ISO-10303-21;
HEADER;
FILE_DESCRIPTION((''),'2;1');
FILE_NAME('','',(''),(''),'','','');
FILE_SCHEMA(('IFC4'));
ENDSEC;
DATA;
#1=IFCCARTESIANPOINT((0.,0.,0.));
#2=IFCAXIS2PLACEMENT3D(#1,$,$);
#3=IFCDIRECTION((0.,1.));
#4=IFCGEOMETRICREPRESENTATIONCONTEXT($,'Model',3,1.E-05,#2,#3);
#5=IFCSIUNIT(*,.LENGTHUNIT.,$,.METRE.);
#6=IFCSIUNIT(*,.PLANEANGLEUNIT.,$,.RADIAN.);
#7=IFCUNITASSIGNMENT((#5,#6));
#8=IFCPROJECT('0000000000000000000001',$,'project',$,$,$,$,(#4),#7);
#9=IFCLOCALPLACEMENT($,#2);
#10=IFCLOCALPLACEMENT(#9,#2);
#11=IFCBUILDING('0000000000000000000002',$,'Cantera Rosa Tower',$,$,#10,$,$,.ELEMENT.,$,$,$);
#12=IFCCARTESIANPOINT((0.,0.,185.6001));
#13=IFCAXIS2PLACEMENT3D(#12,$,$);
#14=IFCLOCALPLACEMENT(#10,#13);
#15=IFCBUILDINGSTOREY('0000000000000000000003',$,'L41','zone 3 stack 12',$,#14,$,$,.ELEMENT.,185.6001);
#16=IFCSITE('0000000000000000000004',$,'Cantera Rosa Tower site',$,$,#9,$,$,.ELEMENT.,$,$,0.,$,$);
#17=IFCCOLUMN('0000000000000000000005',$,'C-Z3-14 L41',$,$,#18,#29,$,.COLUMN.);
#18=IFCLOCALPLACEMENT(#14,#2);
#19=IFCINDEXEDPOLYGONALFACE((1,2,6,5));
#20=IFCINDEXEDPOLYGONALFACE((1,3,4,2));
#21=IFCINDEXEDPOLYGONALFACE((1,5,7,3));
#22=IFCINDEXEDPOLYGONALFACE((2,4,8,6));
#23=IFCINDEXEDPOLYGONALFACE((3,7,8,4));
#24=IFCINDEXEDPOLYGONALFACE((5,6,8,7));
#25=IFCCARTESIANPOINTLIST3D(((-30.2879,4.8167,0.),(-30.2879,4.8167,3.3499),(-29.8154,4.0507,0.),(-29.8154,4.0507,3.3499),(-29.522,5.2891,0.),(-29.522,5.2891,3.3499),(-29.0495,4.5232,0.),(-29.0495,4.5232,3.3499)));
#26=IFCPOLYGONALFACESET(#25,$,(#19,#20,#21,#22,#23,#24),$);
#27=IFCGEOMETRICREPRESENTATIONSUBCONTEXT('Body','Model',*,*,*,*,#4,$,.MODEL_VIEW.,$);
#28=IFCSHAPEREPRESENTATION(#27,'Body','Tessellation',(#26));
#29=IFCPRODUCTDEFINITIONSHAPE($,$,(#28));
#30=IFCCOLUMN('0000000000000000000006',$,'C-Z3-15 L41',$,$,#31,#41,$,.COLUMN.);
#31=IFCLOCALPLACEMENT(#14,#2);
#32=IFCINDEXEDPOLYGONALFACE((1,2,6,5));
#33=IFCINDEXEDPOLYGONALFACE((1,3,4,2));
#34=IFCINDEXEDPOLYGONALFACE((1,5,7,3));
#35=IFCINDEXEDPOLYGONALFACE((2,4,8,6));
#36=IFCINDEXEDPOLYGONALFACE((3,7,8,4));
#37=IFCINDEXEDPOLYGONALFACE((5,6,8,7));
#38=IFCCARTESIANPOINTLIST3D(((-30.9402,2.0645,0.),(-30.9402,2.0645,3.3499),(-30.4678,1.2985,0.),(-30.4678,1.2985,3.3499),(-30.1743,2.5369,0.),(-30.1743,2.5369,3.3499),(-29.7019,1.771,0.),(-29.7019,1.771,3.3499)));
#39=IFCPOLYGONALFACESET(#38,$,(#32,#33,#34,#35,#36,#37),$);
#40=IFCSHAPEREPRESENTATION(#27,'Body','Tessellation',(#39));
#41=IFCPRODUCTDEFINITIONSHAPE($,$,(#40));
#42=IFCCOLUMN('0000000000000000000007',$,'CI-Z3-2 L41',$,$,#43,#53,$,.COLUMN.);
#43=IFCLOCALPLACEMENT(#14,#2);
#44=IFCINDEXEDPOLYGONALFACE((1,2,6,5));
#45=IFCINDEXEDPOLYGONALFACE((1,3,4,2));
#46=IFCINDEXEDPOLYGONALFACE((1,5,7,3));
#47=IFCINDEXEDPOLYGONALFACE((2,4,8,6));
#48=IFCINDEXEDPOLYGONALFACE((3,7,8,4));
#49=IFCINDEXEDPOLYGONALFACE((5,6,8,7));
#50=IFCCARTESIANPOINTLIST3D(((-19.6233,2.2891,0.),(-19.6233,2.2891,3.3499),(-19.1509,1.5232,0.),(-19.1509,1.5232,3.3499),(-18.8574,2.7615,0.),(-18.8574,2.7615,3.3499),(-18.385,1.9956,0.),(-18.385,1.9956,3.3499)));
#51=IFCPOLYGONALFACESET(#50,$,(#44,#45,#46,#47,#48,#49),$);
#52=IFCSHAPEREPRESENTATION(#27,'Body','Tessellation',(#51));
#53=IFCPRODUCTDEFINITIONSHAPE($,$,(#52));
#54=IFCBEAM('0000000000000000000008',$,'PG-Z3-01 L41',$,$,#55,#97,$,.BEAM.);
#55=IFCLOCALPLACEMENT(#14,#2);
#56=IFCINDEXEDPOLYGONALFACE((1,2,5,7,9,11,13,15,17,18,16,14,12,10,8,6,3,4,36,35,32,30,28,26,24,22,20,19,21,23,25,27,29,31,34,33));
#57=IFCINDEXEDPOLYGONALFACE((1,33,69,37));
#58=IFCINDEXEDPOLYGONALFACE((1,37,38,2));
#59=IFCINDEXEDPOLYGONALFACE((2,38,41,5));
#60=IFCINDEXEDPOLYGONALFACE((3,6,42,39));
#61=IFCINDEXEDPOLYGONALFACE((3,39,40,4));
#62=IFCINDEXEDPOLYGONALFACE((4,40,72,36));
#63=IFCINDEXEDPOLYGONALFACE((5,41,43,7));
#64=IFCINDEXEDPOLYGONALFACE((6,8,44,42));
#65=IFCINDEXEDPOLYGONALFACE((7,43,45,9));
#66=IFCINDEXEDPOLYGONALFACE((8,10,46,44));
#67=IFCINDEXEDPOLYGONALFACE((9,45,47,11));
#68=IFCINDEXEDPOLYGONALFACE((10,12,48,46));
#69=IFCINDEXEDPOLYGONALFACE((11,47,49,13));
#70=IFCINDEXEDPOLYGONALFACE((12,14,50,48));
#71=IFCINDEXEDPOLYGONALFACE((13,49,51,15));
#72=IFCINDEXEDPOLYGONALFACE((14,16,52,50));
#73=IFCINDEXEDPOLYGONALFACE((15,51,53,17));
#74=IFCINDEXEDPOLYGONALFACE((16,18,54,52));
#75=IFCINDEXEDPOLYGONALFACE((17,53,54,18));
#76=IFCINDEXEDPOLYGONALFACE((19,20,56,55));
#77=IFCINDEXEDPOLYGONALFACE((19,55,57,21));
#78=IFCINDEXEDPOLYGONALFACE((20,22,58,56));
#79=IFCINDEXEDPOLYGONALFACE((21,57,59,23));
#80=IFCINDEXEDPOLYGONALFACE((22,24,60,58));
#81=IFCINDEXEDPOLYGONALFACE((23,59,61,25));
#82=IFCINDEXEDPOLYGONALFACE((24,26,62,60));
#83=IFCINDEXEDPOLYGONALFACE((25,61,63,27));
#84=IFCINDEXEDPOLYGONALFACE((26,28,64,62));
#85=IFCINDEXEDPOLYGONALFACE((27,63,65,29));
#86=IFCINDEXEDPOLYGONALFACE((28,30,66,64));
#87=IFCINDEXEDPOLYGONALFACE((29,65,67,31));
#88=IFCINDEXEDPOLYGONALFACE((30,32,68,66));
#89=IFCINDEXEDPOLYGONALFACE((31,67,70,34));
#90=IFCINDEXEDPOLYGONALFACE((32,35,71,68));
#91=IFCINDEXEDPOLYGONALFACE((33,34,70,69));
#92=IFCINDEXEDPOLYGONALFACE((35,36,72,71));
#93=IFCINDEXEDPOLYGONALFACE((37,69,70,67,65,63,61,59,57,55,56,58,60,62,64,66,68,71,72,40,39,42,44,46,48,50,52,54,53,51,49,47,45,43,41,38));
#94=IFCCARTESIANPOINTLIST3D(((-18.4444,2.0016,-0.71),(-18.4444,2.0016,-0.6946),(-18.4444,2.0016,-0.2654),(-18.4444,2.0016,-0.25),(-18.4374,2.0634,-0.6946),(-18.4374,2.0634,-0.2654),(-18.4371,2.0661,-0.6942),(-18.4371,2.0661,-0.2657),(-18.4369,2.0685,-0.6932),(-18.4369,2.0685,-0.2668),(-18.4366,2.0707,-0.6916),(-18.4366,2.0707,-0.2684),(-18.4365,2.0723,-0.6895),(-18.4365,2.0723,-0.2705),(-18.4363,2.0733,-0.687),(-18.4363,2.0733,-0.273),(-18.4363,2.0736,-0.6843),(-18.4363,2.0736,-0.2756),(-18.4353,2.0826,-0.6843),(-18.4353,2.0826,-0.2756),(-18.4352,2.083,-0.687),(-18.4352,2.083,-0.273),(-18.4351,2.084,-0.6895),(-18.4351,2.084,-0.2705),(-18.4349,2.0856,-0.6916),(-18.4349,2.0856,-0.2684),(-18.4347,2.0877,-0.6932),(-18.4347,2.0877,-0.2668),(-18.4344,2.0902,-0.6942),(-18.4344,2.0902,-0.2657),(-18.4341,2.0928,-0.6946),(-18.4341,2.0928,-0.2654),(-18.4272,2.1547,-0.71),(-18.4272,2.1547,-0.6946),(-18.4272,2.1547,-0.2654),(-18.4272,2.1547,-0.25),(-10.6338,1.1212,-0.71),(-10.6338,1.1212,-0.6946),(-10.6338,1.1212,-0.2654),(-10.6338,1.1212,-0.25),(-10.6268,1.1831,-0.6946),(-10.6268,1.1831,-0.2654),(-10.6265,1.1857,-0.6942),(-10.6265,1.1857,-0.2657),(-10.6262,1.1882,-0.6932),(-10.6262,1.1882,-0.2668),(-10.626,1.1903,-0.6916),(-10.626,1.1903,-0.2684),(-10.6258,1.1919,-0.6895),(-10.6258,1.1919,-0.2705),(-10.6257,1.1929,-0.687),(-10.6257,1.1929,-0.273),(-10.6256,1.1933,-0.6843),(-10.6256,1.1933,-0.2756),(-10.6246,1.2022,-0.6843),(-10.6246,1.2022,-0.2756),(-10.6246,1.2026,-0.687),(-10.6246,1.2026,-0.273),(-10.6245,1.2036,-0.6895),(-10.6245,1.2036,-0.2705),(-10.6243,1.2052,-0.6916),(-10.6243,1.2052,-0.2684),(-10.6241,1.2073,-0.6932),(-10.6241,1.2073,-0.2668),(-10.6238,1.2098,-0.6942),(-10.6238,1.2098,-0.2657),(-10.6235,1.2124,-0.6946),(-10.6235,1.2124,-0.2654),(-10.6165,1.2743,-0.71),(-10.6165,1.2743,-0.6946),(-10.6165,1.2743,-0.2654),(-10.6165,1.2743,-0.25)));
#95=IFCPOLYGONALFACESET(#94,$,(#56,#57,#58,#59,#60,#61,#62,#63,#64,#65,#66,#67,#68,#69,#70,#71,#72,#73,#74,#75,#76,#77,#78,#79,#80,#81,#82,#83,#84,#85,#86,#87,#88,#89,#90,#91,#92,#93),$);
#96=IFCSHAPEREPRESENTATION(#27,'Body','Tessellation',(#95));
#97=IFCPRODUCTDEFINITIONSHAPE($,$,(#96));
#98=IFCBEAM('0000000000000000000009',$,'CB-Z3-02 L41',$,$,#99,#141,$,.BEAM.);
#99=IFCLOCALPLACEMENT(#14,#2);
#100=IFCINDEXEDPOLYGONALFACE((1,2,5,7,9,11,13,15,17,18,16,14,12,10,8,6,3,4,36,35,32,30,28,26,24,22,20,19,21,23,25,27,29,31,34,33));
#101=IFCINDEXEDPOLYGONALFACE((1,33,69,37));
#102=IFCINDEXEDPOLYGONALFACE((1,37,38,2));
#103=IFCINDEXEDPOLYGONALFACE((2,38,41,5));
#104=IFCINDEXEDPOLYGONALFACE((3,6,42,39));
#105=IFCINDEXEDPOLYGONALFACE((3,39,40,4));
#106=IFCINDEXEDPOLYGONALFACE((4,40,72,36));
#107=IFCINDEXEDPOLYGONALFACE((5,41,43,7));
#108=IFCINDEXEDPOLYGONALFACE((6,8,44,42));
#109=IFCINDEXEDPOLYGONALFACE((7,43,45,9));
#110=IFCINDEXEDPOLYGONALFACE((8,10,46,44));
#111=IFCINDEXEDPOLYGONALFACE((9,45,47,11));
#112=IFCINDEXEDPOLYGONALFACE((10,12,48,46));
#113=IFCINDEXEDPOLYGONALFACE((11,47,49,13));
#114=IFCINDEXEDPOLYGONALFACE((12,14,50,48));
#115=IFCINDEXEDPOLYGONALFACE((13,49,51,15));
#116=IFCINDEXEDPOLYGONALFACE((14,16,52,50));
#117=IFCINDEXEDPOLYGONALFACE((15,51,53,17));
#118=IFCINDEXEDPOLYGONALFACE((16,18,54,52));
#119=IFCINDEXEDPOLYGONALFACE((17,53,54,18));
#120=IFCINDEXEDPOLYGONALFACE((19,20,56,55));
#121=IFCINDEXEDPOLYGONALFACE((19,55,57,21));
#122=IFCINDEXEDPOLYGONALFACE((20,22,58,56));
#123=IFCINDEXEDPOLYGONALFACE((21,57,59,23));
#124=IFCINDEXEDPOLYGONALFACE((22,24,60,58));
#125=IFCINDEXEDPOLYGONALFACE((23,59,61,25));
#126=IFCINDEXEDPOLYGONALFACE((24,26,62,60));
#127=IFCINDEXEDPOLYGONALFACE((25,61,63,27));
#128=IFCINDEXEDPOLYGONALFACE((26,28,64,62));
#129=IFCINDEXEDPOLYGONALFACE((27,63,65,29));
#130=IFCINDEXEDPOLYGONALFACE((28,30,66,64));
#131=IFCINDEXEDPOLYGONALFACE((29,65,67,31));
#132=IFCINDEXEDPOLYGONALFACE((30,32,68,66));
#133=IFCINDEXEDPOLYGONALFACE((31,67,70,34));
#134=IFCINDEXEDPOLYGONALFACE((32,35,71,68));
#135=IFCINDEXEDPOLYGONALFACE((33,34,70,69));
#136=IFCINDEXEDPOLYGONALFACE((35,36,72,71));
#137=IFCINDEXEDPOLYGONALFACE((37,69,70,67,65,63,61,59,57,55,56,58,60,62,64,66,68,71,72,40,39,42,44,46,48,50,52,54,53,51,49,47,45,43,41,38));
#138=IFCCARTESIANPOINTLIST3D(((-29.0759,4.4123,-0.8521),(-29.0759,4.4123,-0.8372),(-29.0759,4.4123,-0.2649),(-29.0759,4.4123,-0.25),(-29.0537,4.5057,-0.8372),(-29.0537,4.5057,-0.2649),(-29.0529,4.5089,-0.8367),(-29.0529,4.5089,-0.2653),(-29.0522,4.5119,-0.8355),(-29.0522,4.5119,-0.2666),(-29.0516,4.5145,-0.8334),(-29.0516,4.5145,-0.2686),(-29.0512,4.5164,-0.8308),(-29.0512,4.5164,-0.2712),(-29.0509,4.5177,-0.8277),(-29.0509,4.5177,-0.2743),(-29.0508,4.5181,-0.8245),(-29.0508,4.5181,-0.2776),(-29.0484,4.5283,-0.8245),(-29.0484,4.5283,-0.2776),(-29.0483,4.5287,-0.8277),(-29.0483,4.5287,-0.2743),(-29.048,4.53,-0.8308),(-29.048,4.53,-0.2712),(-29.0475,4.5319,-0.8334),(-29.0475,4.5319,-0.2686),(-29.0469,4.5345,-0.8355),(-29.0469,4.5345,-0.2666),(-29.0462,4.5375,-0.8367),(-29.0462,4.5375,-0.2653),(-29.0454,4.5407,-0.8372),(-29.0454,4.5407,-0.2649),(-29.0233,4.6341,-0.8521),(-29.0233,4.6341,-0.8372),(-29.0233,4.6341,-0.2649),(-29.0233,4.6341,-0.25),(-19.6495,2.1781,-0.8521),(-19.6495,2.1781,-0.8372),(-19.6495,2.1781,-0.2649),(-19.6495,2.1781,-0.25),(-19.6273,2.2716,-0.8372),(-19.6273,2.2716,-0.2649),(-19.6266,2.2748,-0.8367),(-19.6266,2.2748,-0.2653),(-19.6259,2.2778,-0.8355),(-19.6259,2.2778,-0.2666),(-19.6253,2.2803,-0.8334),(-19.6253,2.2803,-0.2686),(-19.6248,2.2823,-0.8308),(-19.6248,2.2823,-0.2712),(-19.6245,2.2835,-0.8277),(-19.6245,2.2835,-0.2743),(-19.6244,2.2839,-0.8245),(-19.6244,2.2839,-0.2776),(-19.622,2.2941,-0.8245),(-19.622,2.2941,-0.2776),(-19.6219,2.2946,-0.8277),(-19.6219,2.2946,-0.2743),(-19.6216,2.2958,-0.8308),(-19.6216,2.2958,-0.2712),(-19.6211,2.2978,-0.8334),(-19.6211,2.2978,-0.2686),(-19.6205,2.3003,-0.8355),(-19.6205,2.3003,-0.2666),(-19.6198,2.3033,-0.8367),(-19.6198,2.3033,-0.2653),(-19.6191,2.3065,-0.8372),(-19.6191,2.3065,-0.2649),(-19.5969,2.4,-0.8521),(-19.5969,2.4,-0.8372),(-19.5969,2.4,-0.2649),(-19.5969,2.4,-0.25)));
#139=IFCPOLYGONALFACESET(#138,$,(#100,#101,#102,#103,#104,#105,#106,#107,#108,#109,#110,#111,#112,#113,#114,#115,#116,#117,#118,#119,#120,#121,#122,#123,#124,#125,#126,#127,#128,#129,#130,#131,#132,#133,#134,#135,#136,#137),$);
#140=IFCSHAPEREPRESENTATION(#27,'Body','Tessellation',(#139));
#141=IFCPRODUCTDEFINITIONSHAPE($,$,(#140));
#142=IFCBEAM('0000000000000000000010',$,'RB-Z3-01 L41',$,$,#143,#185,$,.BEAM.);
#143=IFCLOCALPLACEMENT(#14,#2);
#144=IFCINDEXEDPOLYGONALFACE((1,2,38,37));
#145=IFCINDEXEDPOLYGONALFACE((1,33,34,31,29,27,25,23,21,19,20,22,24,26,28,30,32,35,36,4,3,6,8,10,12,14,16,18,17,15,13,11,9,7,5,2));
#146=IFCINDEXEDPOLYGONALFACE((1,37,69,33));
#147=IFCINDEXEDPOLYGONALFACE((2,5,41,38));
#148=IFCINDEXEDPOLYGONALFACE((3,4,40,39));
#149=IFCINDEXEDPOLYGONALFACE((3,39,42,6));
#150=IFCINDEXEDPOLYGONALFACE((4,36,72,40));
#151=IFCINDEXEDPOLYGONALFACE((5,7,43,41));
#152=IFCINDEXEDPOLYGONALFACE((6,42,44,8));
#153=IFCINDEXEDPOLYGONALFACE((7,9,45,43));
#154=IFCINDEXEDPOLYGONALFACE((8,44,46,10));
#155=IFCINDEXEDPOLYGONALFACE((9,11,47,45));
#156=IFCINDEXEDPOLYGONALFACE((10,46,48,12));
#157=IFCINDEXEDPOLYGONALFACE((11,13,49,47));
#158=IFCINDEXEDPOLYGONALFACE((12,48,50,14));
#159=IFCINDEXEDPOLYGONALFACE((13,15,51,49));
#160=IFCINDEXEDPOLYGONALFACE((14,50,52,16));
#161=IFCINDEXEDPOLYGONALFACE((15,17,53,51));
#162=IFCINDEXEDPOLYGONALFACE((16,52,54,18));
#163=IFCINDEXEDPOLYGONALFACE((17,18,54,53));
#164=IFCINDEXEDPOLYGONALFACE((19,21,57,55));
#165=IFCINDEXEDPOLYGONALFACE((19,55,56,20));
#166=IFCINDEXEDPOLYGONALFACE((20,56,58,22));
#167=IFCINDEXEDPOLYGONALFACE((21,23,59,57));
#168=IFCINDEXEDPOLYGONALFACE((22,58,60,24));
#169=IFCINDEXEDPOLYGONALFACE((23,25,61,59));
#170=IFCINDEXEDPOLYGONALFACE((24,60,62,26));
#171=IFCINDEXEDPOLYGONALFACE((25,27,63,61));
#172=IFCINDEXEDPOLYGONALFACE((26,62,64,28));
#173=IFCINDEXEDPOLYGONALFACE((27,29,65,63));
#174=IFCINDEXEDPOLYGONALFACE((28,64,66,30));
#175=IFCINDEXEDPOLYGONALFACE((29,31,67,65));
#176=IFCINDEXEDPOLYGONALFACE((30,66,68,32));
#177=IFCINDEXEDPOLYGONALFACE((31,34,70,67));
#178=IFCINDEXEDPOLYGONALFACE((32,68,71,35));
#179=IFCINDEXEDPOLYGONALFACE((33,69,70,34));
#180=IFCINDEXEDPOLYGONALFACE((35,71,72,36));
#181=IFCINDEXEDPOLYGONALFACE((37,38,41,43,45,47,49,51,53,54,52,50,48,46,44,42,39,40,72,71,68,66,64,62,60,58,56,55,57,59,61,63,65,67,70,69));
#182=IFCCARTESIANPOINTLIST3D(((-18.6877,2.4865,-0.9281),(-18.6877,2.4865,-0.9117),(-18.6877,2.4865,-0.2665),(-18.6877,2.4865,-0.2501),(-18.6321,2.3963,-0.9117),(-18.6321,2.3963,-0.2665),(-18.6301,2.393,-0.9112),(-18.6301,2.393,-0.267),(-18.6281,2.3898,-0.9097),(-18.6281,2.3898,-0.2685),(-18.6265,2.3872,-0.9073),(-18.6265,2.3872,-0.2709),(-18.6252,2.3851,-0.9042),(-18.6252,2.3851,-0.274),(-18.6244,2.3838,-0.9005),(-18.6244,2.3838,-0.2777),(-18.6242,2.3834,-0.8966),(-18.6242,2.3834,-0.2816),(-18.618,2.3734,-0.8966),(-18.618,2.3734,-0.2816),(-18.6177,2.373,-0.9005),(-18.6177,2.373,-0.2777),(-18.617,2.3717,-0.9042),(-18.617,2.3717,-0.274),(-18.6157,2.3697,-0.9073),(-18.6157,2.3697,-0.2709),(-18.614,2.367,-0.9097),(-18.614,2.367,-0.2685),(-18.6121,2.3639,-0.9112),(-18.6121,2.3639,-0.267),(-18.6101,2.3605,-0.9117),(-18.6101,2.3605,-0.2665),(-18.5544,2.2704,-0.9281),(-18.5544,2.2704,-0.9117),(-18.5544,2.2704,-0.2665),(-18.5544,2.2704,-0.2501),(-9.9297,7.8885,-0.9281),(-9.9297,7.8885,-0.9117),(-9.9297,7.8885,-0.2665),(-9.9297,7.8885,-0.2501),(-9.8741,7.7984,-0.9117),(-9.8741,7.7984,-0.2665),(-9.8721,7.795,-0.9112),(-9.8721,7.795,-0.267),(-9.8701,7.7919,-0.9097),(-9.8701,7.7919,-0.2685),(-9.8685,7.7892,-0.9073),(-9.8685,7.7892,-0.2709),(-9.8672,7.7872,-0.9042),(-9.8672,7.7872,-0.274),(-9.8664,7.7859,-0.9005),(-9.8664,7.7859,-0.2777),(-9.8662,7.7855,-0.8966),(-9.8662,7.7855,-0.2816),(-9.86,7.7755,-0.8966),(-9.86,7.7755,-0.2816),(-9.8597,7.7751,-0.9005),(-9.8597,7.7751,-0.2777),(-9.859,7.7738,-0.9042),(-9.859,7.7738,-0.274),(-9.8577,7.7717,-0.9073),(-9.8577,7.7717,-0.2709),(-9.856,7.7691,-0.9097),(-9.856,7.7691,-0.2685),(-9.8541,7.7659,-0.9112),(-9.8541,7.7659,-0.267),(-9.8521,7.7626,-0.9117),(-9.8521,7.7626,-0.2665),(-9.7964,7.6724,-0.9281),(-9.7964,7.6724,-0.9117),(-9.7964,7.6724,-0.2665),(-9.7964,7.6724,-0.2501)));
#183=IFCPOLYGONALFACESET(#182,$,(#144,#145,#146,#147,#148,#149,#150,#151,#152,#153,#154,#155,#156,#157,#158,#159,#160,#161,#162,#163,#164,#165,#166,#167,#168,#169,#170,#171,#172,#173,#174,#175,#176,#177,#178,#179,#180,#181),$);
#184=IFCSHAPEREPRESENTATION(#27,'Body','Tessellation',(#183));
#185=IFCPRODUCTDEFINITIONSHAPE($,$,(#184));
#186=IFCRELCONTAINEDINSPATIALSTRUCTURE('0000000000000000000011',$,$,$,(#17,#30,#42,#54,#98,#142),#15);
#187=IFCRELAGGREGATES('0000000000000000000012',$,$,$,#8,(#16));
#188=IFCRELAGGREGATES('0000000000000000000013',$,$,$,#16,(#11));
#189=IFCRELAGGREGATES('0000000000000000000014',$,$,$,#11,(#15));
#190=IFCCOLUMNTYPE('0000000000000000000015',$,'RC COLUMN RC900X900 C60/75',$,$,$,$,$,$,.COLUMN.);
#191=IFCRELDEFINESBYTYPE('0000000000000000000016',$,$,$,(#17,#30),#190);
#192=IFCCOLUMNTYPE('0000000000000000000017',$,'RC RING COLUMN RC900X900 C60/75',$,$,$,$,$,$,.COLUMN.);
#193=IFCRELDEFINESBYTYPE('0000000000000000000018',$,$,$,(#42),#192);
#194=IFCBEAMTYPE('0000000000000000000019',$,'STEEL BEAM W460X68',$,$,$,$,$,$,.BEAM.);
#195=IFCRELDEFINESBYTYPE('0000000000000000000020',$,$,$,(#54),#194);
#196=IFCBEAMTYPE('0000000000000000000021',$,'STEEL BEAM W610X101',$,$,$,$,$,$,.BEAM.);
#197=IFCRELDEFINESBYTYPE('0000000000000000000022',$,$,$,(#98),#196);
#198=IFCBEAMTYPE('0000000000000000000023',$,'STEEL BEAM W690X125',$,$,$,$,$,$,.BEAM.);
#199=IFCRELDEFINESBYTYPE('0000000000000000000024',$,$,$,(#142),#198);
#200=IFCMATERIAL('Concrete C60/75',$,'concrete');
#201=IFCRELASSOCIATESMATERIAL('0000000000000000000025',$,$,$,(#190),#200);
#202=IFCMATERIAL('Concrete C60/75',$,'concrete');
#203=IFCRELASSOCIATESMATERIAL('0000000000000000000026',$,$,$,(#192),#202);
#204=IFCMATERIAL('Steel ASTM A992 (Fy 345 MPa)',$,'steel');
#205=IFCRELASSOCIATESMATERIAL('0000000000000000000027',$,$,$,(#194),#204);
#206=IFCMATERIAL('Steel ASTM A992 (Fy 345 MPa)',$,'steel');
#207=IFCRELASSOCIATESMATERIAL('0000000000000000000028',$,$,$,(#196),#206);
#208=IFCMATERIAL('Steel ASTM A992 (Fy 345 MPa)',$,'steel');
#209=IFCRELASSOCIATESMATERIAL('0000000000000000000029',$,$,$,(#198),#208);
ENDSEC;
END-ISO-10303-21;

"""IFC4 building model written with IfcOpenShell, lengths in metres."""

from ifc_helpers import new_model, si_unit, direction, frame, origin, origin_2d, place, context, subcontext, project, spatial, rectangle, i_section, extrude, material, material_profile, profile_set, type_object, element, save


model = new_model("IFC4")

# Units and contexts
model_context = context("Model", 3, precision=1e-05, world=origin(), true_north=direction((0.0, 1.0)))
body_context = subcontext(model_context, "Body", "Model", "MODEL_VIEW")
ifc_project = project(units=[si_unit("LENGTHUNIT", "METRE"), si_unit("PLANEANGLEUNIT", "RADIAN")], contexts=[model_context])

# Site, building, storey
site_placement = place(None, origin())
site = spatial("IfcSite", under=ifc_project, at=site_placement, Name="Cantera Rosa Tower site", CompositionType="ELEMENT", RefElevation=0.0)
building_placement = place(site_placement, origin())
building = spatial("IfcBuilding", under=site, at=building_placement, Name="Cantera Rosa Tower", CompositionType="ELEMENT")
storey_placement = place(building_placement, frame((0.0, 0.0, 185.6001)))
storey = spatial("IfcBuildingStorey", under=building, at=storey_placement, Name="L41", Description="zone 3 stack 12", CompositionType="ELEMENT", Elevation=185.6001)

# Columns
ifc_material_1 = material(Name="Concrete C60/75", Category="concrete")
ifc_material_profile_1 = material_profile(ifc_material_1, rectangle(XDim=0.8999, YDim=0.8999, at=origin_2d()), Name="RC COLUMN RC900X900 C60/75")
ifc_profile_set_1 = profile_set([ifc_material_profile_1], Name="Concrete C60/75")
column_type_1 = type_object("IfcColumnType", Name="RC COLUMN RC900X900 C60/75", PredefinedType="COLUMN", material=ifc_profile_set_1)
for number, where, z_axis, x_axis, name in (
    (1, (-29.6687, 4.6699, 0.0), (0.0, 0.0, 1.0), (0.851117, 0.524977, 0.0), "C-Z3-14 L41"),
    (2, (-30.321, 1.9177, 0.0), (0.0, 0.0, 1.0), (0.851117, 0.524977, 0.0), "C-Z3-15 L41"),
):
    element("IfcColumn", number, at=place(storey_placement, frame(where, z_axis=z_axis, x_axis=x_axis)), inside=storey, type_object=column_type_1, Name=name, PredefinedType="COLUMN", context=body_context, shape_type="SweptSolid", body=[
        extrude(rectangle(XDim=0.8999, YDim=0.8999, at=origin_2d()), origin(), (0.0, 0.0, 1.0), 3.3499),
    ])
ifc_material_2 = material(Name="Concrete C60/75", Category="concrete")
ifc_material_profile_2 = material_profile(ifc_material_2, rectangle(XDim=0.8999, YDim=0.8999, at=origin_2d()), Name="RC RING COLUMN RC900X900 C60/75")
ifc_profile_set_2 = profile_set([ifc_material_profile_2], Name="Concrete C60/75")
column_type_2 = type_object("IfcColumnType", Name="RC RING COLUMN RC900X900 C60/75", PredefinedType="COLUMN", material=ifc_profile_set_2)
column_placement = place(storey_placement, frame((-19.0042, 2.1423, 0.0), z_axis=(0.0, 0.0, 1.0), x_axis=(0.851117, 0.524977, 0.0)))
element("IfcColumn", 3, at=column_placement, inside=storey, type_object=column_type_2, Name="CI-Z3-2 L41", PredefinedType="COLUMN", context=body_context, shape_type="SweptSolid", body=[
    extrude(rectangle(XDim=0.8999, YDim=0.8999, at=origin_2d()), origin(), (0.0, 0.0, 1.0), 3.3499),
])

# Beams
ifc_material_3 = material(Name="Steel ASTM A992 (Fy 345 MPa)", Category="steel")
ifc_material_profile_3 = material_profile(ifc_material_3, i_section(OverallWidth=0.1541, OverallDepth=0.46, WebThickness=0.009, FlangeThickness=0.0154, FilletRadius=0.0103, at=origin_2d()), Name="W460X68")
ifc_profile_set_3 = profile_set([ifc_material_profile_3], Name="Steel ASTM A992 (Fy 345 MPa)")
beam_type_1 = type_object("IfcBeamType", Name="STEEL BEAM W460X68", PredefinedType="BEAM", material=ifc_profile_set_3)
beam_1_placement = place(storey_placement, frame((-18.4358, 2.0781, -0.48), z_axis=(0.993707, -0.112006, 0.0), x_axis=(0.112006, 0.993707, 0.0)))
element("IfcBeam", 4, at=beam_1_placement, inside=storey, type_object=beam_type_1, Name="PG-Z3-01 L41", PredefinedType="BEAM", context=body_context, shape_type="SweptSolid", body=[
    extrude(i_section(OverallWidth=0.1541, OverallDepth=0.46, WebThickness=0.009, FlangeThickness=0.0154, FilletRadius=0.0103, at=origin_2d()), origin(), (0.0, 0.0, 1.0), 7.8601),
])
ifc_material_4 = material(Name="Steel ASTM A992 (Fy 345 MPa)", Category="steel")
ifc_material_profile_4 = material_profile(ifc_material_4, i_section(OverallWidth=0.228, OverallDepth=0.6021, WebThickness=0.0105, FlangeThickness=0.0149, FilletRadius=0.0127, at=origin_2d()), Name="W610X101")
ifc_profile_set_4 = profile_set([ifc_material_profile_4], Name="Steel ASTM A992 (Fy 345 MPa)")
beam_type_2 = type_object("IfcBeamType", Name="STEEL BEAM W610X101", PredefinedType="BEAM", material=ifc_profile_set_4)
beam_2_placement = place(storey_placement, frame((-29.0496, 4.5232, -0.551), z_axis=(0.973043, -0.230622, 0.0), x_axis=(0.230622, 0.973043, 0.0)))
element("IfcBeam", 5, at=beam_2_placement, inside=storey, type_object=beam_type_2, Name="CB-Z3-02 L41", PredefinedType="BEAM", context=body_context, shape_type="SweptSolid", body=[
    extrude(i_section(OverallWidth=0.228, OverallDepth=0.6021, WebThickness=0.0105, FlangeThickness=0.0149, FilletRadius=0.0127, at=origin_2d()), origin(), (0.0, 0.0, 1.0), 9.6875),
])
ifc_material_5 = material(Name="Steel ASTM A992 (Fy 345 MPa)", Category="steel")
ifc_material_profile_5 = material_profile(ifc_material_5, i_section(OverallWidth=0.2539, OverallDepth=0.678, WebThickness=0.0117, FlangeThickness=0.0164, FilletRadius=0.0151, at=origin_2d()), Name="W690X125")
ifc_profile_set_5 = profile_set([ifc_material_profile_5], Name="Steel ASTM A992 (Fy 345 MPa)")
beam_type_3 = type_object("IfcBeamType", Name="STEEL BEAM W690X125", PredefinedType="BEAM", material=ifc_profile_set_5)
beam_3_placement = place(storey_placement, frame((-18.6211, 2.3784, -0.5891), z_axis=(0.851115, 0.52498, 0.0), x_axis=(-0.52498, 0.851115, 0.0)))
element("IfcBeam", 6, at=beam_3_placement, inside=storey, type_object=beam_type_3, Name="RB-Z3-01 L41", PredefinedType="BEAM", context=body_context, shape_type="SweptSolid", body=[
    extrude(i_section(OverallWidth=0.2539, OverallDepth=0.678, WebThickness=0.0117, FlangeThickness=0.0164, FilletRadius=0.0151, at=origin_2d()), origin(), (0.0, 0.0, 1.0), 10.29),
])

save(model, "model.ifc")
